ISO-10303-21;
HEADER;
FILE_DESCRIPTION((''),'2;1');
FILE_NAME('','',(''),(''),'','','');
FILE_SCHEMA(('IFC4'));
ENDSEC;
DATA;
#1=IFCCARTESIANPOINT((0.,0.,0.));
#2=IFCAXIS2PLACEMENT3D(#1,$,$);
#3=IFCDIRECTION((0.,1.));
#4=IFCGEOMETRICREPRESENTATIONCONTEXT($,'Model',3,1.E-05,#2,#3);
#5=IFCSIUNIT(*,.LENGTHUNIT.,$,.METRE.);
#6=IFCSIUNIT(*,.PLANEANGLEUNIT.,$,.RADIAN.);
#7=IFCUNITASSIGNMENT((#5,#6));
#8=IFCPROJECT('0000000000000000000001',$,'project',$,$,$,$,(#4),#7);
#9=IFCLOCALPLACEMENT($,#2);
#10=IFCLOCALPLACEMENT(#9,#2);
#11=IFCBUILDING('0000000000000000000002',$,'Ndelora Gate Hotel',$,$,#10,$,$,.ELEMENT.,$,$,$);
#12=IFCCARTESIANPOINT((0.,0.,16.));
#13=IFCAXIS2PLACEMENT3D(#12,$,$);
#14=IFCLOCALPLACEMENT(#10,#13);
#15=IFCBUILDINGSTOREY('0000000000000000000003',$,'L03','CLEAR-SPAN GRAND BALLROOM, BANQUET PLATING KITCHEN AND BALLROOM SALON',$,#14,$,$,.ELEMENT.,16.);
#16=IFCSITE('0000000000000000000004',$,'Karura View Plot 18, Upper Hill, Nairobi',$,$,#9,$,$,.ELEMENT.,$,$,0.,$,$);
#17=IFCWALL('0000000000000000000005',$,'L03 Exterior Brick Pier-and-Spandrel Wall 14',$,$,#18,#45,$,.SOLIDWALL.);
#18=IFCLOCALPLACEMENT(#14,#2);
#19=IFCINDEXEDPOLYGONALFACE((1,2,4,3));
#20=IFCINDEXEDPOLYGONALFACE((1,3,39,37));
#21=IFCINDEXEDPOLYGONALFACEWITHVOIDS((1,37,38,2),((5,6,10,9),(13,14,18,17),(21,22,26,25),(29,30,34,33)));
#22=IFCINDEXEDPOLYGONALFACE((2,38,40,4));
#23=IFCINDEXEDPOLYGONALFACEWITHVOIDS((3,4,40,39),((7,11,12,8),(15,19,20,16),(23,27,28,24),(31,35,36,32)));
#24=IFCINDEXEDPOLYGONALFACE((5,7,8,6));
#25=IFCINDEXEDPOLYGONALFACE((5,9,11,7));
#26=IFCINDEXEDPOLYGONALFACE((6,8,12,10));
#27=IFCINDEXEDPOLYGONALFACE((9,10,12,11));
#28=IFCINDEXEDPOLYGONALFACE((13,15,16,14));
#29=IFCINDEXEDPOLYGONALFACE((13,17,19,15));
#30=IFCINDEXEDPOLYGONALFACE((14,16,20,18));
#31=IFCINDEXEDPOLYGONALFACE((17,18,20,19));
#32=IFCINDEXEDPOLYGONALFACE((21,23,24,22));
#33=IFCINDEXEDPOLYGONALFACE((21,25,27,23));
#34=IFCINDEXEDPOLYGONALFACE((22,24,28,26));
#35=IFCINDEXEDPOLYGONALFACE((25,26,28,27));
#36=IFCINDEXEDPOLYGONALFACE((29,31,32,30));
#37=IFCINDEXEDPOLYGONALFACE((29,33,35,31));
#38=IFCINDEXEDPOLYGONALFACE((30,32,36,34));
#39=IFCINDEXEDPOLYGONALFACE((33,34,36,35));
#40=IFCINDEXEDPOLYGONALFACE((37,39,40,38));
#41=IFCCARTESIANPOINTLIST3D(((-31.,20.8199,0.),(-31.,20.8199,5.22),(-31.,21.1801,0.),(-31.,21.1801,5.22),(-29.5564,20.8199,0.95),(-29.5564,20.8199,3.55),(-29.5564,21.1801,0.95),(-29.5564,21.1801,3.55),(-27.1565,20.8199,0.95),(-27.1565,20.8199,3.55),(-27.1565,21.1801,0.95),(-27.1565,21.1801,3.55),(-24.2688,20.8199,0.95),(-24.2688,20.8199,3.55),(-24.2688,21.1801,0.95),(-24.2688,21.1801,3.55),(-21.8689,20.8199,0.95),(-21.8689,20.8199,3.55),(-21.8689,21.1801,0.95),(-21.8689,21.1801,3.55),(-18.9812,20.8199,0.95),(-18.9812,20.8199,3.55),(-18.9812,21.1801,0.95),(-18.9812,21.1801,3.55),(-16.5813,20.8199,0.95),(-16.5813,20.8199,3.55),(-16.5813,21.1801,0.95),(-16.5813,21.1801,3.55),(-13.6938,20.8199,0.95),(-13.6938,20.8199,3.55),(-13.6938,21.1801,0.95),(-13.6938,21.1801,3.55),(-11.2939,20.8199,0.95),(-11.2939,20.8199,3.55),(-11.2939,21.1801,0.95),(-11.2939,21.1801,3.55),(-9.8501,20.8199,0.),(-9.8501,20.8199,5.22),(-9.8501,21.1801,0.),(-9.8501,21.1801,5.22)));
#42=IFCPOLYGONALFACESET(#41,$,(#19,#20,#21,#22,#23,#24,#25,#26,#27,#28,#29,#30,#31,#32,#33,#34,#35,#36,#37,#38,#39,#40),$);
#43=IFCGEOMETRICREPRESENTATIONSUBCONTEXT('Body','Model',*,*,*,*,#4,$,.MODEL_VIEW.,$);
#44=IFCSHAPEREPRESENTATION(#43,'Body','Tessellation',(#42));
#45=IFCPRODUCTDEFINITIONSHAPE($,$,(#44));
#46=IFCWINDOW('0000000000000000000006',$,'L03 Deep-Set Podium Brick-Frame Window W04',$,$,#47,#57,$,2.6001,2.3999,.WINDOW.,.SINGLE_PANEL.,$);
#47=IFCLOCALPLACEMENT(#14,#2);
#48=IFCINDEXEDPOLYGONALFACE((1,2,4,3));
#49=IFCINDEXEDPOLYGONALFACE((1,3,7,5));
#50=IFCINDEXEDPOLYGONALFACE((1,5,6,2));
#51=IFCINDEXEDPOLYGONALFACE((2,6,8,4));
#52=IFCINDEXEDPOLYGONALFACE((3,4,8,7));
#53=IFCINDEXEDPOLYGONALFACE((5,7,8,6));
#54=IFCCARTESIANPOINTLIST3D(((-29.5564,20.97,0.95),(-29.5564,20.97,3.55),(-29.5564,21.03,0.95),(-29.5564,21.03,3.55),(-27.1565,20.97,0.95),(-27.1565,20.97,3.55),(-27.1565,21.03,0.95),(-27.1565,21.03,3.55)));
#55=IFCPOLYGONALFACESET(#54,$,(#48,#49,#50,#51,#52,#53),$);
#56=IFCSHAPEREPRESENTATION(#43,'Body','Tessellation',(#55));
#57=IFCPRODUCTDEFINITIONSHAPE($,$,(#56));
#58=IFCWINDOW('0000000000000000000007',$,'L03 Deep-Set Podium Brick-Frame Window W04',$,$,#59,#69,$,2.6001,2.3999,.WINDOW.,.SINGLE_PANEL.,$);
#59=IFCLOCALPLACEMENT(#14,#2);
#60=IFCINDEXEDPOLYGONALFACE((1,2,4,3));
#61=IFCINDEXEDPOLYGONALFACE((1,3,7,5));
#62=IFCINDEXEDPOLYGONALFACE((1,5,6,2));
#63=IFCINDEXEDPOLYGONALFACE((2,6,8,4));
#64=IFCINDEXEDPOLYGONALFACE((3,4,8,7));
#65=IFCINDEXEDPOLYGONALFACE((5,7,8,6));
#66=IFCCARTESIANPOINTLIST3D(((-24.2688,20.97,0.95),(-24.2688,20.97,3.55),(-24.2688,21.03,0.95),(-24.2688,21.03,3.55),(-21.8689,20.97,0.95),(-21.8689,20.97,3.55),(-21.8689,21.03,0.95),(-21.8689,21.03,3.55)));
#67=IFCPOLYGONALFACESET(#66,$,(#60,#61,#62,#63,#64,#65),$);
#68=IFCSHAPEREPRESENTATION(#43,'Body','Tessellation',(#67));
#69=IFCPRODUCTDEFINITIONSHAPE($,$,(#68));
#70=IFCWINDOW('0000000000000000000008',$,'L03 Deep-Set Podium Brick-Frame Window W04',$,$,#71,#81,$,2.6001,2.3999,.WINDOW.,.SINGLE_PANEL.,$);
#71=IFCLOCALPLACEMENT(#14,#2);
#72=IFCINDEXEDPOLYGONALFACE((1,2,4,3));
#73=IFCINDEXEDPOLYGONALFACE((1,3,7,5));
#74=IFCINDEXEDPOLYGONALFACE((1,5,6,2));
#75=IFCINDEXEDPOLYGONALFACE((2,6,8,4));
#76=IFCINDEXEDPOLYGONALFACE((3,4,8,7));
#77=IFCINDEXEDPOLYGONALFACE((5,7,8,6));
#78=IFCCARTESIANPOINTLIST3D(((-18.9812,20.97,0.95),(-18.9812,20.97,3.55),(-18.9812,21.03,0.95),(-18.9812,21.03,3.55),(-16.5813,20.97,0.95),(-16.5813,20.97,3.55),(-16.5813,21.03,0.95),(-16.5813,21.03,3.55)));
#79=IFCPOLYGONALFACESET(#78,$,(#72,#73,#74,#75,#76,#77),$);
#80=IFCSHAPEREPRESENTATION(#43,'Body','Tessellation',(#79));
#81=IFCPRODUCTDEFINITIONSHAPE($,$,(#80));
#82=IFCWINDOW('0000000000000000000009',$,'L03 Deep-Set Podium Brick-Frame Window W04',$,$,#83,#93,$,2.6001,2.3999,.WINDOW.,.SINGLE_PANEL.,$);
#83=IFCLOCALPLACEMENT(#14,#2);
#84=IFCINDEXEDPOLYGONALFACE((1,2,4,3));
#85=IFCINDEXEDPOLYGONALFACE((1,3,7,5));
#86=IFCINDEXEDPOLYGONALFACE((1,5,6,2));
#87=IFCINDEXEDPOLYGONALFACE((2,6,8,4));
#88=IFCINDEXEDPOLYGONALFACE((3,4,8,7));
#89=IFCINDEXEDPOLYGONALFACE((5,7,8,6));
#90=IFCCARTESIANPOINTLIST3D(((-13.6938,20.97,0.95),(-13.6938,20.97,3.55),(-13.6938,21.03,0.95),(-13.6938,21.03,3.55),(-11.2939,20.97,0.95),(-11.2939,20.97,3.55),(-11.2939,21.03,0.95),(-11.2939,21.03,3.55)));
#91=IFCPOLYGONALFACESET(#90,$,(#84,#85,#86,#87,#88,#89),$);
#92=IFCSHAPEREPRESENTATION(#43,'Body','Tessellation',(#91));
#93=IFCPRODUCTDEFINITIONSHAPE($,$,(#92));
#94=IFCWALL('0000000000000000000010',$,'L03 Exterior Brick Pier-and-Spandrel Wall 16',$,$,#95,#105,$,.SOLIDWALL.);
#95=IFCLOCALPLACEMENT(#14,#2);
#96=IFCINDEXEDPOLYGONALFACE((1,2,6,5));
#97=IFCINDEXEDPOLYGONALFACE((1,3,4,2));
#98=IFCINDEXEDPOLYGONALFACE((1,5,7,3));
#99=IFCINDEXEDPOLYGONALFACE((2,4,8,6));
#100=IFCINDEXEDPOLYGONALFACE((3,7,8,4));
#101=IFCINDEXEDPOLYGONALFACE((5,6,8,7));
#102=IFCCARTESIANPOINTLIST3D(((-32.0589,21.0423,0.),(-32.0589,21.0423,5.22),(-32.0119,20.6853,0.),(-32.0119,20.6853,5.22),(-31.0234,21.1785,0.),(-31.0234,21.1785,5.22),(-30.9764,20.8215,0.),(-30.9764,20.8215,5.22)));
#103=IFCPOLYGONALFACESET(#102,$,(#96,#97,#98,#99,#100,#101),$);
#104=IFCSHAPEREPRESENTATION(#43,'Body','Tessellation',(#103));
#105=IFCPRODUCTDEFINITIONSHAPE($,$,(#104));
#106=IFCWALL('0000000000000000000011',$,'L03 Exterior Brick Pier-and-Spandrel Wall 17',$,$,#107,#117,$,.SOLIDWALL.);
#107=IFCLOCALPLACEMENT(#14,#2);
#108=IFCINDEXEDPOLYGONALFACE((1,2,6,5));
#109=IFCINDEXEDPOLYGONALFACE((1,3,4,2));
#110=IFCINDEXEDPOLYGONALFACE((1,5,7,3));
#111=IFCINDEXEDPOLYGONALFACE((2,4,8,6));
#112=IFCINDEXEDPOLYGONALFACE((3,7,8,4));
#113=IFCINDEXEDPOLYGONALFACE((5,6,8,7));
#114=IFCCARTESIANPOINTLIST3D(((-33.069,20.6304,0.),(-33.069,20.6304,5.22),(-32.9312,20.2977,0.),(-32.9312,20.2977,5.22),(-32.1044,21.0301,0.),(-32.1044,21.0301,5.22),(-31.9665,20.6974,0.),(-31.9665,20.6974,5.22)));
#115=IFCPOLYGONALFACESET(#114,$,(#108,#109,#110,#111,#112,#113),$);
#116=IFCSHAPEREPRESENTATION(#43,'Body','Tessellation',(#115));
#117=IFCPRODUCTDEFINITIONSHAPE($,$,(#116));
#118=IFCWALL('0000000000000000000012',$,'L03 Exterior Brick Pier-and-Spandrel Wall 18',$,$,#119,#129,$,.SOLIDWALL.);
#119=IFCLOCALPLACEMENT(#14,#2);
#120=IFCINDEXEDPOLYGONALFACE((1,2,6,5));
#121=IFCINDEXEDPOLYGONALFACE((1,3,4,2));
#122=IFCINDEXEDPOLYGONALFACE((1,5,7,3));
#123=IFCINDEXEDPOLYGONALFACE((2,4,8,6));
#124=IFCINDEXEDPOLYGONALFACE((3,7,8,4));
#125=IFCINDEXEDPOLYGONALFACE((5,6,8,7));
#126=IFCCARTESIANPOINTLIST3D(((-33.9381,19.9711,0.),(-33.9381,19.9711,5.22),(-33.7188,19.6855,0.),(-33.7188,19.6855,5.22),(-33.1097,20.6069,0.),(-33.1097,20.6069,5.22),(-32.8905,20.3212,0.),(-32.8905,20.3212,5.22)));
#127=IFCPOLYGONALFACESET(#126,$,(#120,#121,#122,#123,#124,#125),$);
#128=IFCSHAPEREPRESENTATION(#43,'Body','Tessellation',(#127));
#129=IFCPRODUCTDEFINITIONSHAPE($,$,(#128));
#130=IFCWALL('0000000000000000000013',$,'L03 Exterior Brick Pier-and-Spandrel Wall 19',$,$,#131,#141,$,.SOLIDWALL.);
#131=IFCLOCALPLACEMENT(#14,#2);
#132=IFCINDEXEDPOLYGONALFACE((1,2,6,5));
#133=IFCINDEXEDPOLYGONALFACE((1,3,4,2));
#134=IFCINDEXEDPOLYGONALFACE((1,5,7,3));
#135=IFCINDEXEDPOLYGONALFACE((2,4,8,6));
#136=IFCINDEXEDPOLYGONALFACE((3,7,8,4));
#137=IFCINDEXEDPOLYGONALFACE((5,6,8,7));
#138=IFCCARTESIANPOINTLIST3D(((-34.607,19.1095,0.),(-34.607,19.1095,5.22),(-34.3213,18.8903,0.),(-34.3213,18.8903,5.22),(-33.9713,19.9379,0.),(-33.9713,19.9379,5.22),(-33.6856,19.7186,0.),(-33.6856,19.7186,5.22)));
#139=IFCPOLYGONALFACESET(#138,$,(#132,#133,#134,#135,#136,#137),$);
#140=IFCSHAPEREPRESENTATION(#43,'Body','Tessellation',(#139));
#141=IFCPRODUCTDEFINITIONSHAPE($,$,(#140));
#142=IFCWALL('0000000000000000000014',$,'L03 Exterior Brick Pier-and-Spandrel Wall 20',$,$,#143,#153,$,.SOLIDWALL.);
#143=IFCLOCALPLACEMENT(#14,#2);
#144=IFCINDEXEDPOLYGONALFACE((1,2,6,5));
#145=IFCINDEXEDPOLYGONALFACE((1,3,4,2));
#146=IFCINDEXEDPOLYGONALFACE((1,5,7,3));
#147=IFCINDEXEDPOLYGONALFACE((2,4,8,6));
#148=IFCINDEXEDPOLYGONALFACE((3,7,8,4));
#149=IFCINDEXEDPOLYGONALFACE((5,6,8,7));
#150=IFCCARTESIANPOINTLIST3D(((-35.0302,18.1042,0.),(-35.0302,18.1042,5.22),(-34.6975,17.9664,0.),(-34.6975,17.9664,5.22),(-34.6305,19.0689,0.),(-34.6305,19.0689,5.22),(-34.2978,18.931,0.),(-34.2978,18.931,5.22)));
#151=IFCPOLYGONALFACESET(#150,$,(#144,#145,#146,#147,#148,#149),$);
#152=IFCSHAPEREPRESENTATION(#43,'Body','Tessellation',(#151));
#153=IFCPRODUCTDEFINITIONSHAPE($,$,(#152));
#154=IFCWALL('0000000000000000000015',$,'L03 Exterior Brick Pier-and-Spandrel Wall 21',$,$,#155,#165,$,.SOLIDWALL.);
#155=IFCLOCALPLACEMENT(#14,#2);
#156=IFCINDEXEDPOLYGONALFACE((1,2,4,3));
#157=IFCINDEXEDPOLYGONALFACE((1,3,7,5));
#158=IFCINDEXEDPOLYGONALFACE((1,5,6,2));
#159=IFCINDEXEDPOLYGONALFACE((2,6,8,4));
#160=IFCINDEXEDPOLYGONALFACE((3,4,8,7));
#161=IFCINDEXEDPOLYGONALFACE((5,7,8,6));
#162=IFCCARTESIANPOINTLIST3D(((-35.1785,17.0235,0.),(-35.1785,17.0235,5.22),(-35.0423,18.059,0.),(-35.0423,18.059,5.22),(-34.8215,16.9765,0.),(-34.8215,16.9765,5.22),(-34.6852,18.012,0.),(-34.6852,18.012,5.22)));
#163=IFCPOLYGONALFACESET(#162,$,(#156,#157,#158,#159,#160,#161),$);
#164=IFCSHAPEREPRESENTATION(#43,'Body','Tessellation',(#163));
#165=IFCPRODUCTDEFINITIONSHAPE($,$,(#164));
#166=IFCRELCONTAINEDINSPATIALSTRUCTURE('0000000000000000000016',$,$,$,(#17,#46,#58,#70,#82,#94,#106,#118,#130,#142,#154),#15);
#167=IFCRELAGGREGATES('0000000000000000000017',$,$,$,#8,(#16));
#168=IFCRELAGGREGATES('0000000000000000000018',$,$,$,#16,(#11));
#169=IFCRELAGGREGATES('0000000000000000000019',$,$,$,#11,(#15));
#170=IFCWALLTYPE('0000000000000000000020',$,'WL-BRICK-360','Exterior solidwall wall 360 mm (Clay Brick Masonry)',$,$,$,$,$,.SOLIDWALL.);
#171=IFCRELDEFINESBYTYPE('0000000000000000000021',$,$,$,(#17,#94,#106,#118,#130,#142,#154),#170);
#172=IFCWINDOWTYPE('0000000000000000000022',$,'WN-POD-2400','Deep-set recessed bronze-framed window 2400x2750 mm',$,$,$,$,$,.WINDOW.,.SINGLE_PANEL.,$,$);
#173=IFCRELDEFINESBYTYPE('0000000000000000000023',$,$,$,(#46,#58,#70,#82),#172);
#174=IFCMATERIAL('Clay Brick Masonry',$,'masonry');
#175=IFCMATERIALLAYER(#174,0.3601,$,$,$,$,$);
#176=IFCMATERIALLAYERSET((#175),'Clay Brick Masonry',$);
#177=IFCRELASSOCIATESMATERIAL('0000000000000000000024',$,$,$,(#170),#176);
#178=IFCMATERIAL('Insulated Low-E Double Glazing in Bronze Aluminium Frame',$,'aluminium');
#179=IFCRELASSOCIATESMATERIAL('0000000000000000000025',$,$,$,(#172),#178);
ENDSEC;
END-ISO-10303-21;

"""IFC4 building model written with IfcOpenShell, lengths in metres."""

from ifc_helpers import new_model, si_unit, direction, frame, frame_2d, origin, place, context, subcontext, project, spatial, rectangle, extrude, material, layer, layer_set, type_object, element, fill, save


model = new_model("IFC4")

# Units and contexts
model_context = context("Model", 3, precision=1e-05, world=origin(), true_north=direction((0.0, 1.0)))
body_context = subcontext(model_context, "Body", "Model", "MODEL_VIEW")
ifc_project = project(units=[si_unit("LENGTHUNIT", "METRE"), si_unit("PLANEANGLEUNIT", "RADIAN")], contexts=[model_context])

# Site, building, storey
site_placement = place(None, origin())
site = spatial("IfcSite", under=ifc_project, at=site_placement, Name="Karura View Plot 18, Upper Hill, Nairobi", CompositionType="ELEMENT", RefElevation=0.0)
building_placement = place(site_placement, origin())
building = spatial("IfcBuilding", under=site, at=building_placement, Name="Ndelora Gate Hotel", CompositionType="ELEMENT")
storey_placement = place(building_placement, frame((0.0, 0.0, 16.0)))
storey = spatial("IfcBuildingStorey", under=building, at=storey_placement, Name="L03", Description="CLEAR-SPAN GRAND BALLROOM, BANQUET PLATING KITCHEN AND BALLROOM SALON", CompositionType="ELEMENT", Elevation=16.0)

# Wall, openings, windows
ifc_material_1 = material(Name="Clay Brick Masonry", Category="masonry")
ifc_layer_1 = layer(ifc_material_1, 0.3601)
ifc_layer_set_1 = layer_set([ifc_layer_1], Name="Clay Brick Masonry")
wall_type = type_object("IfcWallType", Name="WL-BRICK-360", Description="Exterior solidwall wall 360 mm (Clay Brick Masonry)", PredefinedType="SOLIDWALL", material=ifc_layer_set_1)
wall_1_placement = place(storey_placement, frame((-31.0, 21.0, 0.0), z_axis=(0.0, 0.0, 1.0), x_axis=(1.0, 0.0, 0.0)))
wall_1 = element("IfcWall", 1, at=wall_1_placement, inside=storey, type_object=wall_type, Name="L03 Exterior Brick Pier-and-Spandrel Wall 14", PredefinedType="SOLIDWALL", context=body_context, shape_type="SweptSolid", body=[
    extrude(rectangle(XDim=21.1499, YDim=0.3601, at=frame_2d((10.575, 0.0))), origin(), (0.0, 0.0, 1.0), 5.22),
])
opening_1_placement = place(wall_1_placement, frame((1.4436, 0.0, 0.95)))
opening_1 = element("IfcOpeningElement", 2, at=opening_1_placement, cuts=wall_1, PredefinedType="OPENING", context=body_context, shape_type="SweptSolid", body=[
    extrude(rectangle(XDim=2.3999, YDim=2.6001, at=frame_2d((1.2, 1.3))), frame((0.0, 0.1899, 0.0), z_axis=(0.0, -1.0, 0.0), x_axis=(1.0, 0.0, 0.0)), (0.0, 0.0, 1.0), 0.3801),
])
opening_2_placement = place(wall_1_placement, frame((6.7312, 0.0, 0.95)))
opening_2 = element("IfcOpeningElement", 3, at=opening_2_placement, cuts=wall_1, PredefinedType="OPENING", context=body_context, shape_type="SweptSolid", body=[
    extrude(rectangle(XDim=2.3999, YDim=2.6001, at=frame_2d((1.2, 1.3))), frame((0.0, 0.1899, 0.0), z_axis=(0.0, -1.0, 0.0), x_axis=(1.0, 0.0, 0.0)), (0.0, 0.0, 1.0), 0.3801),
])
opening_3_placement = place(wall_1_placement, frame((12.0188, 0.0, 0.95)))
opening_3 = element("IfcOpeningElement", 4, at=opening_3_placement, cuts=wall_1, PredefinedType="OPENING", context=body_context, shape_type="SweptSolid", body=[
    extrude(rectangle(XDim=2.3999, YDim=2.6001, at=frame_2d((1.2, 1.3))), frame((0.0, 0.1899, 0.0), z_axis=(0.0, -1.0, 0.0), x_axis=(1.0, 0.0, 0.0)), (0.0, 0.0, 1.0), 0.3801),
])
opening_4_placement = place(wall_1_placement, frame((17.3062, 0.0, 0.95)))
opening_4 = element("IfcOpeningElement", 5, at=opening_4_placement, cuts=wall_1, PredefinedType="OPENING", context=body_context, shape_type="SweptSolid", body=[
    extrude(rectangle(XDim=2.3999, YDim=2.6001, at=frame_2d((1.2, 1.3))), frame((0.0, 0.1899, 0.0), z_axis=(0.0, -1.0, 0.0), x_axis=(1.0, 0.0, 0.0)), (0.0, 0.0, 1.0), 0.3801),
])
ifc_material_2 = material(Name="Insulated Low-E Double Glazing in Bronze Aluminium Frame", Category="aluminium")
window_type = type_object("IfcWindowType", Name="WN-POD-2400", Description="Deep-set recessed bronze-framed window 2400x2750 mm", PartitioningType="SINGLE_PANEL", PredefinedType="WINDOW", material=ifc_material_2)
window_1_placement = place(opening_1_placement, origin())
window_1 = element("IfcWindow", 6, at=window_1_placement, inside=storey, type_object=window_type, Name="L03 Deep-Set Podium Brick-Frame Window W04", OverallHeight=2.6001, OverallWidth=2.3999, PartitioningType="SINGLE_PANEL", PredefinedType="WINDOW", context=body_context, shape_type="SweptSolid", body=[
    extrude(rectangle(XDim=2.3999, YDim=2.6001, at=frame_2d((1.2, 1.3))), frame((0.0, 0.03, 0.0), z_axis=(0.0, -1.0, 0.0), x_axis=(1.0, 0.0, 0.0)), (0.0, 0.0, 1.0), 0.0601),
])
fill(opening_1, window_1)
window_2_placement = place(opening_2_placement, origin())
window_2 = element("IfcWindow", 7, at=window_2_placement, inside=storey, type_object=window_type, Name="L03 Deep-Set Podium Brick-Frame Window W04", OverallHeight=2.6001, OverallWidth=2.3999, PartitioningType="SINGLE_PANEL", PredefinedType="WINDOW", context=body_context, shape_type="SweptSolid", body=[
    extrude(rectangle(XDim=2.3999, YDim=2.6001, at=frame_2d((1.2, 1.3))), frame((0.0, 0.03, 0.0), z_axis=(0.0, -1.0, 0.0), x_axis=(1.0, 0.0, 0.0)), (0.0, 0.0, 1.0), 0.0601),
])
fill(opening_2, window_2)
window_3_placement = place(opening_3_placement, origin())
window_3 = element("IfcWindow", 8, at=window_3_placement, inside=storey, type_object=window_type, Name="L03 Deep-Set Podium Brick-Frame Window W04", OverallHeight=2.6001, OverallWidth=2.3999, PartitioningType="SINGLE_PANEL", PredefinedType="WINDOW", context=body_context, shape_type="SweptSolid", body=[
    extrude(rectangle(XDim=2.3999, YDim=2.6001, at=frame_2d((1.2, 1.3))), frame((0.0, 0.03, 0.0), z_axis=(0.0, -1.0, 0.0), x_axis=(1.0, 0.0, 0.0)), (0.0, 0.0, 1.0), 0.0601),
])
fill(opening_3, window_3)
window_4_placement = place(opening_4_placement, origin())
window_4 = element("IfcWindow", 9, at=window_4_placement, inside=storey, type_object=window_type, Name="L03 Deep-Set Podium Brick-Frame Window W04", OverallHeight=2.6001, OverallWidth=2.3999, PartitioningType="SINGLE_PANEL", PredefinedType="WINDOW", context=body_context, shape_type="SweptSolid", body=[
    extrude(rectangle(XDim=2.3999, YDim=2.6001, at=frame_2d((1.2, 1.3))), frame((0.0, 0.03, 0.0), z_axis=(0.0, -1.0, 0.0), x_axis=(1.0, 0.0, 0.0)), (0.0, 0.0, 1.0), 0.0601),
])
fill(opening_4, window_4)

# Walls
wall_2_placement = place(storey_placement, frame((-32.0354, 20.8638, 0.0), z_axis=(0.0, 0.0, 1.0), x_axis=(0.991455, 0.130448, 0.0)))
element("IfcWall", 10, at=wall_2_placement, inside=storey, type_object=wall_type, Name="L03 Exterior Brick Pier-and-Spandrel Wall 16", PredefinedType="SOLIDWALL", context=body_context, shape_type="SweptSolid", body=[
    extrude(rectangle(XDim=1.0444, YDim=0.3601, at=frame_2d((0.5222, 0.0))), origin(), (0.0, 0.0, 1.0), 5.22),
])
for number, where, z_axis, x_axis, name in (
    (11, (-33.0, 20.4641, 0.0), (0.0, 0.0, 1.0), (0.923843, 0.382772, 0.0), "L03 Exterior Brick Pier-and-Spandrel Wall 17"),
    (12, (-33.8284, 19.8284, 0.0), (0.0, 0.0, 1.0), (0.793301, 0.608829, 0.0), "L03 Exterior Brick Pier-and-Spandrel Wall 18"),
    (13, (-34.4641, 19.0, 0.0), (0.0, 0.0, 1.0), (0.608829, 0.793301, 0.0), "L03 Exterior Brick Pier-and-Spandrel Wall 19"),
    (14, (-34.8638, 18.0354, 0.0), (0.0, 0.0, 1.0), (0.382772, 0.923843, 0.0), "L03 Exterior Brick Pier-and-Spandrel Wall 20"),
):
    element("IfcWall", number, at=place(storey_placement, frame(where, z_axis=z_axis, x_axis=x_axis)), inside=storey, type_object=wall_type, Name=name, PredefinedType="SOLIDWALL", context=body_context, shape_type="SweptSolid", body=[
        extrude(rectangle(XDim=1.0442, YDim=0.3601, at=frame_2d((0.522, 0.0))), origin(), (0.0, 0.0, 1.0), 5.22),
    ])
wall_3_placement = place(storey_placement, frame((-35.0, 17.0, 0.0), z_axis=(0.0, 0.0, 1.0), x_axis=(0.130448, 0.991455, 0.0)))
element("IfcWall", 15, at=wall_3_placement, inside=storey, type_object=wall_type, Name="L03 Exterior Brick Pier-and-Spandrel Wall 21", PredefinedType="SOLIDWALL", context=body_context, shape_type="SweptSolid", body=[
    extrude(rectangle(XDim=1.0444, YDim=0.3601, at=frame_2d((0.5222, 0.0))), origin(), (0.0, 0.0, 1.0), 5.22),
])

save(model, "model.ifc")
